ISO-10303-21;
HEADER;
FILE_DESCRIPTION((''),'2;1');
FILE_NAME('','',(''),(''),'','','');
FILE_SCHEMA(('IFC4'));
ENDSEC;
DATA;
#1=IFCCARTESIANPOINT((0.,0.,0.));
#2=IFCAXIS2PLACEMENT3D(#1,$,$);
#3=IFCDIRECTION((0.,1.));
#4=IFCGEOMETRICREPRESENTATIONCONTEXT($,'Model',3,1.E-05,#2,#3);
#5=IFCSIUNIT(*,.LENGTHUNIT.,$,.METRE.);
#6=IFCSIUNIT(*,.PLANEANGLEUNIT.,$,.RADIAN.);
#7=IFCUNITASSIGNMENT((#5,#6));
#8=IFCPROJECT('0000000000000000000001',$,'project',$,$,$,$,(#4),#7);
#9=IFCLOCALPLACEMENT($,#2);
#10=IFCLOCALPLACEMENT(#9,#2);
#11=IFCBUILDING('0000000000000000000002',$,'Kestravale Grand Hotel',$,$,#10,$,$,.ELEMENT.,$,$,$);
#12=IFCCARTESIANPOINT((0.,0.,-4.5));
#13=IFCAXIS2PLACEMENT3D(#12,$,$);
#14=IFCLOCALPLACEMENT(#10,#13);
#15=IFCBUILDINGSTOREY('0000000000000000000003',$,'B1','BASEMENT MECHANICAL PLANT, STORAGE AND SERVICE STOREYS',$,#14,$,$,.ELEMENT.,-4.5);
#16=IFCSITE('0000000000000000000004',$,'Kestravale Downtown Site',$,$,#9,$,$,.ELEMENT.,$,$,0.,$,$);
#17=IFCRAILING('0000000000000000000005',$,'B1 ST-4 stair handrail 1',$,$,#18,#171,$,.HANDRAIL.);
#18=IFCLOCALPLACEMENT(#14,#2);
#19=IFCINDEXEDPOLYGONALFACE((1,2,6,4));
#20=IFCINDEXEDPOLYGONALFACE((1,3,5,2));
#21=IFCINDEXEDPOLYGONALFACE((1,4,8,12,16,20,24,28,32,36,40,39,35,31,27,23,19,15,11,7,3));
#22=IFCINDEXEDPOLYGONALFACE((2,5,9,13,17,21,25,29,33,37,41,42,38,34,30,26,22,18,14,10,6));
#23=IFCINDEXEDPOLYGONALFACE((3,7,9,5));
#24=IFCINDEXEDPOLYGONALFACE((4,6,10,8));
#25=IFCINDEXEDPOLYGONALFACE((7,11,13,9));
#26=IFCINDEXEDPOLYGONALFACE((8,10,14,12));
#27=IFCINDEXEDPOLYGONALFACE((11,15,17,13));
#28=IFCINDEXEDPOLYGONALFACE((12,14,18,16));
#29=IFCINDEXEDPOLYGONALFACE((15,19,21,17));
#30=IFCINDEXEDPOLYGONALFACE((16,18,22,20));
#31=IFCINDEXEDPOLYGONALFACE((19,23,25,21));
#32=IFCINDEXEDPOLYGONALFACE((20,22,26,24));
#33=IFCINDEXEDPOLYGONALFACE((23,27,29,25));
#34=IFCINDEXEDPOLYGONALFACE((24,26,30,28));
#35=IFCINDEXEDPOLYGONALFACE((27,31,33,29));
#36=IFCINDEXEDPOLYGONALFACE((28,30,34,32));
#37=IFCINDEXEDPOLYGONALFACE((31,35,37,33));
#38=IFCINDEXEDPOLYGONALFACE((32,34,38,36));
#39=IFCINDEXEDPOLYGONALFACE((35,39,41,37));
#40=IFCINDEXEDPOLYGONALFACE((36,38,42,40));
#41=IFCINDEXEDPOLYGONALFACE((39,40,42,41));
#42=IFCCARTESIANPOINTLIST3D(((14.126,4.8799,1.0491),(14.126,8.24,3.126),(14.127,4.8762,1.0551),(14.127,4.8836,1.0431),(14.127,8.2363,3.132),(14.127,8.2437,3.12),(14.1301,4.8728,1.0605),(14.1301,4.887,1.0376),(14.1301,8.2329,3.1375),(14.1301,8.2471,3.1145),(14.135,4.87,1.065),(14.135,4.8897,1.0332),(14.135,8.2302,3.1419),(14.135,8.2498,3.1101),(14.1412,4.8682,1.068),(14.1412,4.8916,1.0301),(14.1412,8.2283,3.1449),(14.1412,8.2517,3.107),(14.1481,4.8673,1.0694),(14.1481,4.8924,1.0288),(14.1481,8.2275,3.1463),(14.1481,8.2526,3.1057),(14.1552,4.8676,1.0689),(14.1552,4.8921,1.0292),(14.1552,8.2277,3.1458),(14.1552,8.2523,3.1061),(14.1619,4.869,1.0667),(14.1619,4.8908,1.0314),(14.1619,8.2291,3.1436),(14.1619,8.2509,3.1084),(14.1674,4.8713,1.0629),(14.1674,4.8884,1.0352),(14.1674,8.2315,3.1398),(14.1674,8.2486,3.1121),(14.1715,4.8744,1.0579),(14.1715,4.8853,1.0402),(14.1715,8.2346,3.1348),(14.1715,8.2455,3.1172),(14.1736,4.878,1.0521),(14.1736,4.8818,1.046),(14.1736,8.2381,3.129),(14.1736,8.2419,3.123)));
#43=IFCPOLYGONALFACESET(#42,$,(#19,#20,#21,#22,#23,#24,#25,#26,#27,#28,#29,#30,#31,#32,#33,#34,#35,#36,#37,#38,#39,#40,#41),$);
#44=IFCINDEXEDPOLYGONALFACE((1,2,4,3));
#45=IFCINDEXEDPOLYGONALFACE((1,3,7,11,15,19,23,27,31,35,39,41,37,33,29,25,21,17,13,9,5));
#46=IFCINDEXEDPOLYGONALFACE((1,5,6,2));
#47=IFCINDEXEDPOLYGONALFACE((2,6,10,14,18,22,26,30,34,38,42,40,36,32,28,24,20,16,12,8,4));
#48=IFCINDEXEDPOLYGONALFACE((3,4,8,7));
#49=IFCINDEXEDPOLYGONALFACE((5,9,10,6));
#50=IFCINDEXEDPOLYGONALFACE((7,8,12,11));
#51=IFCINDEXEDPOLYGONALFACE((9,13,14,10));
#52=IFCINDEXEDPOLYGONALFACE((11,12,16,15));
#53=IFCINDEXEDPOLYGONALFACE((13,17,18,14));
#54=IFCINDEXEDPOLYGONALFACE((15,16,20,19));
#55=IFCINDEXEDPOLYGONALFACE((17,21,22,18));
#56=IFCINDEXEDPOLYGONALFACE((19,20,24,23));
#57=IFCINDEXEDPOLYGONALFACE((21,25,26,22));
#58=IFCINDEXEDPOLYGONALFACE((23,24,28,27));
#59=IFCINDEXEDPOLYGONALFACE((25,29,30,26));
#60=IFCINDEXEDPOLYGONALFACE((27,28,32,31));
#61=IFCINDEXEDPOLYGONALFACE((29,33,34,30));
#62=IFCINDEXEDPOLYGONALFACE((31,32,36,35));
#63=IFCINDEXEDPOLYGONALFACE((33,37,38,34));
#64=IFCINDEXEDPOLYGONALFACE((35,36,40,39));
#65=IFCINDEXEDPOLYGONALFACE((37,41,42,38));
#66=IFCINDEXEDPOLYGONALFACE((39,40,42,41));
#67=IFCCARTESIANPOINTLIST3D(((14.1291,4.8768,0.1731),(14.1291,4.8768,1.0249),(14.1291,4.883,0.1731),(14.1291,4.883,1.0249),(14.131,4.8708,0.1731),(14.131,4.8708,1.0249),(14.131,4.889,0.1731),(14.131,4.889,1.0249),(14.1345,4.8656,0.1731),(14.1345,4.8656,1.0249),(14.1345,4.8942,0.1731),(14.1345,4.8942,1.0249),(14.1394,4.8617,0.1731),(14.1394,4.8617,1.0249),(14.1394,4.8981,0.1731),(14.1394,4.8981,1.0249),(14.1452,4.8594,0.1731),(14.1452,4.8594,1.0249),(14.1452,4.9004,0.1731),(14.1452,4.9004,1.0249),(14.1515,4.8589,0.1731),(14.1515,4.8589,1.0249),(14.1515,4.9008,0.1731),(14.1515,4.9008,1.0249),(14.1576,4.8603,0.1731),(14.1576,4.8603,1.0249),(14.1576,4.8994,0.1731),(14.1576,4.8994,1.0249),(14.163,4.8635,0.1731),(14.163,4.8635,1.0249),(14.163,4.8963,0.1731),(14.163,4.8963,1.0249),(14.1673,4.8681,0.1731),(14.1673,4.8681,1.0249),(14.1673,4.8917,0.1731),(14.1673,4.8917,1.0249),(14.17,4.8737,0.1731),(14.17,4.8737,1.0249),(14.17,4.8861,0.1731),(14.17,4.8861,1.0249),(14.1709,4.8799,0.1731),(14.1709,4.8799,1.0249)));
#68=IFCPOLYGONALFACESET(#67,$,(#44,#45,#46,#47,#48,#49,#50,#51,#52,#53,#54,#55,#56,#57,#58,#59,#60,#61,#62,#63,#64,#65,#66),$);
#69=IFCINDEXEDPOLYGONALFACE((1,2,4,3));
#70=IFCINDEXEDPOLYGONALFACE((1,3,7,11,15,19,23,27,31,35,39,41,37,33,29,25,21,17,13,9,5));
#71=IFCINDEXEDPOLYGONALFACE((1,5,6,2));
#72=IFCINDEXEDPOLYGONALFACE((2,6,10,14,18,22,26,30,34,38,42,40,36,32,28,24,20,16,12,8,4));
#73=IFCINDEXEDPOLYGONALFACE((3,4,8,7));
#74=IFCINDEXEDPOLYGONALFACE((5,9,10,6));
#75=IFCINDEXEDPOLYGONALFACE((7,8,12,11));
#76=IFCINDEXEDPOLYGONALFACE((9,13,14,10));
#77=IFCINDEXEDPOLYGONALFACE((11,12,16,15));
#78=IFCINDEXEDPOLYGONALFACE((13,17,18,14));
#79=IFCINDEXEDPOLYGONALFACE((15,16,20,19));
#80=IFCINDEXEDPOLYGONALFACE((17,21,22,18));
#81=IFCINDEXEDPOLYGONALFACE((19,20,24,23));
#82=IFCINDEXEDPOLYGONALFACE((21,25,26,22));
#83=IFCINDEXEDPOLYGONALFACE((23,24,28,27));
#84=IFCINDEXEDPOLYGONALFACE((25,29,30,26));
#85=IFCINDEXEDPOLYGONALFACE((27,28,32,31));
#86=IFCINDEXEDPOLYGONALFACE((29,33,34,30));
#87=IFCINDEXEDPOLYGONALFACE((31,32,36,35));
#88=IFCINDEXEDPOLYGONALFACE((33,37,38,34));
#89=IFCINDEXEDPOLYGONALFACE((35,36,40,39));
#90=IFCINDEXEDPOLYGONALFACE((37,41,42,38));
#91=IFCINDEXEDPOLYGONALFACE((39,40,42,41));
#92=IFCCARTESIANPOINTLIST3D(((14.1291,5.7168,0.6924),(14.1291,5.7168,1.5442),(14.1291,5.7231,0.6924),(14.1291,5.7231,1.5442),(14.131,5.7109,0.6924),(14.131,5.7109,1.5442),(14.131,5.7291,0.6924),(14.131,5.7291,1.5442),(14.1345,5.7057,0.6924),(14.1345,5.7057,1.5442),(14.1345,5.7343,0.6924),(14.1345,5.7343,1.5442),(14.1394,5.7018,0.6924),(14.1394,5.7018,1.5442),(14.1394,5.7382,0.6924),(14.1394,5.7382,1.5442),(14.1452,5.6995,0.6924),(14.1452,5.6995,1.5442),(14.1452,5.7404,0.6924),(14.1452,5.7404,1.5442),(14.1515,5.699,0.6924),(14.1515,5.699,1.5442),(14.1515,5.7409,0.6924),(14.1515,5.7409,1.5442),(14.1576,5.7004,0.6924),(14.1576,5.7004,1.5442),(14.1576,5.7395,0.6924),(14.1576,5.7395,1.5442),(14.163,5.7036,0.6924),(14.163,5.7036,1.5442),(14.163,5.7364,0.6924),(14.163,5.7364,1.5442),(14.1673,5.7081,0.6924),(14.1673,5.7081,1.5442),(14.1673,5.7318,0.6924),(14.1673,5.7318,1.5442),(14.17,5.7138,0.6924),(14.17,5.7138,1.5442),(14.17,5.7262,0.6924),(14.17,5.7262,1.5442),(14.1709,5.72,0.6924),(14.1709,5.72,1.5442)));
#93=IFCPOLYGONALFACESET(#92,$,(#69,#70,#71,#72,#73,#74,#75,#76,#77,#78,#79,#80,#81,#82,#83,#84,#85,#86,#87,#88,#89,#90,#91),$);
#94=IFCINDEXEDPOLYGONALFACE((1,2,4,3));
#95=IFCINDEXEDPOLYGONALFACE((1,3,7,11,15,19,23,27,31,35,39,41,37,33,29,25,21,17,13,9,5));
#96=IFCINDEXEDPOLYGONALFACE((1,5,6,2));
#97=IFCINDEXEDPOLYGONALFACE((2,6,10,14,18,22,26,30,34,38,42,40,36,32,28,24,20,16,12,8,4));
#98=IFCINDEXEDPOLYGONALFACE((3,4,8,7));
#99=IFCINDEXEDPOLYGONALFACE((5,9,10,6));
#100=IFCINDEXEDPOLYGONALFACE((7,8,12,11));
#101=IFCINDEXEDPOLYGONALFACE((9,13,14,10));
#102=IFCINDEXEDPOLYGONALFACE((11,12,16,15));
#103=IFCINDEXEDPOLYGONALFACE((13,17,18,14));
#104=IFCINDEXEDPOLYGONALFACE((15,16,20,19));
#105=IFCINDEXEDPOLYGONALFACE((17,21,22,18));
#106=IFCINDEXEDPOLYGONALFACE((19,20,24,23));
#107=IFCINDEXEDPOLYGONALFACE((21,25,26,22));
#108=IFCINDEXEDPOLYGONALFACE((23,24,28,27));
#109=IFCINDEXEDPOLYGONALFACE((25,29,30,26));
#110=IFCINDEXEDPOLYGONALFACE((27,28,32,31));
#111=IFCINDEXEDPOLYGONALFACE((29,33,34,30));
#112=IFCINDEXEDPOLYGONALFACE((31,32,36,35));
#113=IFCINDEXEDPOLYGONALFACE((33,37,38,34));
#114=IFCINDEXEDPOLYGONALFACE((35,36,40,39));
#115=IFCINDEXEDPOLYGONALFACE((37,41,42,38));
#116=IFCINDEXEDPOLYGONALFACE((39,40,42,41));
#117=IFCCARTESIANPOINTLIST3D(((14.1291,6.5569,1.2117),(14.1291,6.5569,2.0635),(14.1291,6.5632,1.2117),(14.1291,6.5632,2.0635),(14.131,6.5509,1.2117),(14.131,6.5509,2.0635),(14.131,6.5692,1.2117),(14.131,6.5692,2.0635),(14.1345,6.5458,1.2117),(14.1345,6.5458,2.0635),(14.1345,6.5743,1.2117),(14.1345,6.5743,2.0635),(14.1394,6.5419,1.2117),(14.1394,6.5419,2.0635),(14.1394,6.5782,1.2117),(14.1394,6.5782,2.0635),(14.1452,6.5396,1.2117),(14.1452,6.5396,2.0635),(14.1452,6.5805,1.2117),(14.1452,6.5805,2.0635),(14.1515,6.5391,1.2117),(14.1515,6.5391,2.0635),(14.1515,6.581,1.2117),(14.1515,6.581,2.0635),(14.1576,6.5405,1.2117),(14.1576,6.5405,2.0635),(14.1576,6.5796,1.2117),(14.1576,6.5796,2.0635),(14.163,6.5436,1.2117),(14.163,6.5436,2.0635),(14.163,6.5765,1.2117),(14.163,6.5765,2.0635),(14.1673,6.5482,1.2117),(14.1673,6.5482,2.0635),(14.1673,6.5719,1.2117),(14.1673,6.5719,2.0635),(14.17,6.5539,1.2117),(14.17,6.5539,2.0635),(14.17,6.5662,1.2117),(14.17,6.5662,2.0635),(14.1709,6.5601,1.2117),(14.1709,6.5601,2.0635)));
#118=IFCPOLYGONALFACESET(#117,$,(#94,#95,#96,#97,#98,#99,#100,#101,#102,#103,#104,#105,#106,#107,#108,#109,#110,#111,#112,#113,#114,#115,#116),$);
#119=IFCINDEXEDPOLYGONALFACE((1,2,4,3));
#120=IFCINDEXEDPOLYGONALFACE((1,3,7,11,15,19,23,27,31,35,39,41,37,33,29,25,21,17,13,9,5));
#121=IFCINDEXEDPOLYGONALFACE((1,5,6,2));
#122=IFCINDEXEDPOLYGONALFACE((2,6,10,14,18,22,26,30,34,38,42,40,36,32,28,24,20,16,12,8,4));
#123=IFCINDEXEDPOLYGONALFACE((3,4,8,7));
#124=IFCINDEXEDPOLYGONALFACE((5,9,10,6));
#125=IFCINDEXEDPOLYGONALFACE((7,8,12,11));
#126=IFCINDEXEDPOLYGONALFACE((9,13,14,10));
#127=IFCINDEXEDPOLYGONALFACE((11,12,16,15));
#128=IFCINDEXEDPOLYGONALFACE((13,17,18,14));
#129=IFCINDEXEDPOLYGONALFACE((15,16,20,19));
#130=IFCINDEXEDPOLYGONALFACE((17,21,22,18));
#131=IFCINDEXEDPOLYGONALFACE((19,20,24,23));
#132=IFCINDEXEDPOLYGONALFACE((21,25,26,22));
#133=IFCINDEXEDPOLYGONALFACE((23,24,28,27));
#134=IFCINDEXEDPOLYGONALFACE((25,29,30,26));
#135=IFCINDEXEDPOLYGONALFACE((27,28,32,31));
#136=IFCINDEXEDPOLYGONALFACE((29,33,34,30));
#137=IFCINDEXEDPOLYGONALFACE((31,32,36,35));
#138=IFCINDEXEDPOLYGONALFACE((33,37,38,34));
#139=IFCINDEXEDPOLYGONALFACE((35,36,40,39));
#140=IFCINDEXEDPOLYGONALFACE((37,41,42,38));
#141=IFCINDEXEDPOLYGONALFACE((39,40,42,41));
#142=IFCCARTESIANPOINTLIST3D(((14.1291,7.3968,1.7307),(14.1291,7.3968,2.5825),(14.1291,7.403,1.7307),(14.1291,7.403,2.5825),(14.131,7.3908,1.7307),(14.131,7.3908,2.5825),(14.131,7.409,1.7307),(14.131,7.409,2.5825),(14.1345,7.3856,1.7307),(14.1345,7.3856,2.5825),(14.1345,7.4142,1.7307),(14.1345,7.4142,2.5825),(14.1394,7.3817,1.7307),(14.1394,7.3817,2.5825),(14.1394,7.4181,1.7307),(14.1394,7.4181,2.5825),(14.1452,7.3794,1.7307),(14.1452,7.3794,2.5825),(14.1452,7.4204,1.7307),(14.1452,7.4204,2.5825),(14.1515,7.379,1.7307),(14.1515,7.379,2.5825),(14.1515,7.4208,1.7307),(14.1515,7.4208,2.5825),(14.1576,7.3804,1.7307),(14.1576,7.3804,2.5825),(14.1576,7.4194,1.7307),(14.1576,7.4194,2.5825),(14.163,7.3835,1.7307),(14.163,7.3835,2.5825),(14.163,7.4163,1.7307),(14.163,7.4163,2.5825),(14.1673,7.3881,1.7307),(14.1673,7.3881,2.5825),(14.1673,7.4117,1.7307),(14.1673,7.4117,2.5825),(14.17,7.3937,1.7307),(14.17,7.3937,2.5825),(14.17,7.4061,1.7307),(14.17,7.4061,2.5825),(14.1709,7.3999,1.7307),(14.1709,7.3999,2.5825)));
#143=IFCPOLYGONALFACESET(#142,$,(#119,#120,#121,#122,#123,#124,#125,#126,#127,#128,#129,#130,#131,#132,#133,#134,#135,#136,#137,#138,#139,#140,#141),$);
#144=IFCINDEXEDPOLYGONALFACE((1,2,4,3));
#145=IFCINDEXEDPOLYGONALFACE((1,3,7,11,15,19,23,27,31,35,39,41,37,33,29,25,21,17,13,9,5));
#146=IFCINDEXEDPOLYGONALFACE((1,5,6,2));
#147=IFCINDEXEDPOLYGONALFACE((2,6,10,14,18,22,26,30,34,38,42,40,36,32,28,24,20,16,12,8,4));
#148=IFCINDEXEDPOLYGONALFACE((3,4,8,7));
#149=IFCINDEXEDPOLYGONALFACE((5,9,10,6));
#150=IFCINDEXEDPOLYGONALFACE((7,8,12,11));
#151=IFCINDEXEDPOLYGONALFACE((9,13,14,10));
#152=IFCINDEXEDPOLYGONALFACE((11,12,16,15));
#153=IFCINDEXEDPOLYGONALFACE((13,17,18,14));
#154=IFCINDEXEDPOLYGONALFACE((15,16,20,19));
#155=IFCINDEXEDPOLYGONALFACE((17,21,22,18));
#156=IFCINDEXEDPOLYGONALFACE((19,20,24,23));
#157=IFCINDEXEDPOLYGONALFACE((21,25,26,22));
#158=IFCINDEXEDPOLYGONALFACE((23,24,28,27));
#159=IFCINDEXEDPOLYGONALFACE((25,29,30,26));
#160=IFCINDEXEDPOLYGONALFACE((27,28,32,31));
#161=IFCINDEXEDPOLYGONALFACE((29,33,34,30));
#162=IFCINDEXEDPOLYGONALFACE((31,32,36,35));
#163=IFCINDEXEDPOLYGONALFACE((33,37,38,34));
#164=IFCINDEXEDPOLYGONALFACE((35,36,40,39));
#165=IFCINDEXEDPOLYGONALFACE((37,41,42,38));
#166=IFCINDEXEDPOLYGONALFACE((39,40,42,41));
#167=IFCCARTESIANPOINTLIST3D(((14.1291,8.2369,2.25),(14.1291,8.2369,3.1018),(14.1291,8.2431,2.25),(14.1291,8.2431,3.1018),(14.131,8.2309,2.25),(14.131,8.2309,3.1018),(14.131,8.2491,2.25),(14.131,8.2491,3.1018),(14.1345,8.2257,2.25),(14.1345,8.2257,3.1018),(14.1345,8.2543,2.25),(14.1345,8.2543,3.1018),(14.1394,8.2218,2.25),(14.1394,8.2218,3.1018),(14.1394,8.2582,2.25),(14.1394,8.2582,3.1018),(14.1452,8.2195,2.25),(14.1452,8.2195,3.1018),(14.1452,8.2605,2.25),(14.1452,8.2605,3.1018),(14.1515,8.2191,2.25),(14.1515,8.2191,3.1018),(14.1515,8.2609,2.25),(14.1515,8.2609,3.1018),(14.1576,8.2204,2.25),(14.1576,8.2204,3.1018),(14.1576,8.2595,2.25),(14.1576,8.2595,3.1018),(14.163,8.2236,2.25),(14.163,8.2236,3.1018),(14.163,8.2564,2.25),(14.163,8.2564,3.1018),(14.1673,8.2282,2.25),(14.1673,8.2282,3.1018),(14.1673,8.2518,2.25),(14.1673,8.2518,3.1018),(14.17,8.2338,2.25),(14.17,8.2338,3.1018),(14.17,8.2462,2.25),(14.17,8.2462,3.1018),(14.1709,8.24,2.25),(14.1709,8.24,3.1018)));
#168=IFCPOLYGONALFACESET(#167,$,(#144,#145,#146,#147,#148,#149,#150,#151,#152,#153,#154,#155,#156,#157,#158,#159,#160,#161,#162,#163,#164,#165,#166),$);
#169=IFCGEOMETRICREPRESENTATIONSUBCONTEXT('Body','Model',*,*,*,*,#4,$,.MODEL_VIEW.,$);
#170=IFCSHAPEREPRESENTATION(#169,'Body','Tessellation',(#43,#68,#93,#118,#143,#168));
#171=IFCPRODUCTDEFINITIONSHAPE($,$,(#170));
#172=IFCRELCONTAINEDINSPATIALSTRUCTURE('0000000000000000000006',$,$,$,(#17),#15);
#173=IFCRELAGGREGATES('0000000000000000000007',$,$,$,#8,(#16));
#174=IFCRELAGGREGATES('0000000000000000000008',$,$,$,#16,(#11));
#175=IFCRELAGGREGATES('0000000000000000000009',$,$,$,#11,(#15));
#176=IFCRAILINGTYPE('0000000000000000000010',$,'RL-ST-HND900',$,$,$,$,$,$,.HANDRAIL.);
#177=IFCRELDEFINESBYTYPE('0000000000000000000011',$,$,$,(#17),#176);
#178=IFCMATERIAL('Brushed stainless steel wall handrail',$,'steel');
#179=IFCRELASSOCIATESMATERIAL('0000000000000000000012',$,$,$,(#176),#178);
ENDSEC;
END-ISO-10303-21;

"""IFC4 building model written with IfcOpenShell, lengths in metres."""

from ifc_helpers import new_model, si_unit, direction, frame, origin, origin_2d, place, context, subcontext, project, spatial, circle, extrude, material, type_object, element, save


model = new_model("IFC4")

# Units and contexts
model_context = context("Model", 3, precision=1e-05, world=origin(), true_north=direction((0.0, 1.0)))
body_context = subcontext(model_context, "Body", "Model", "MODEL_VIEW")
ifc_project = project(units=[si_unit("LENGTHUNIT", "METRE"), si_unit("PLANEANGLEUNIT", "RADIAN")], contexts=[model_context])

# Site, building, storey
site_placement = place(None, origin())
site = spatial("IfcSite", under=ifc_project, at=site_placement, Name="Kestravale Downtown Site", CompositionType="ELEMENT", RefElevation=0.0)
building_placement = place(site_placement, origin())
building = spatial("IfcBuilding", under=site, at=building_placement, Name="Kestravale Grand Hotel", CompositionType="ELEMENT")
storey_placement = place(building_placement, frame((0.0, 0.0, -4.5)))
storey = spatial("IfcBuildingStorey", under=building, at=storey_placement, Name="B1", Description="BASEMENT MECHANICAL PLANT, STORAGE AND SERVICE STOREYS", CompositionType="ELEMENT", Elevation=-4.5)

# Railing
ifc_material_1 = material(Name="Brushed stainless steel wall handrail", Category="steel")
railing_type_1 = type_object("IfcRailingType", Name="RL-ST-HND900", PredefinedType="HANDRAIL", material=ifc_material_1)
railing_1_placement = place(storey_placement, frame((14.1499, 4.8799, 0.1731)))
element("IfcRailing", 1, at=railing_1_placement, inside=storey, type_object=railing_type_1, Name="B1 ST-4 stair handrail 1", PredefinedType="HANDRAIL", context=body_context, shape_type="SweptSolid", body=[
    extrude(circle(Radius=0.0239, at=origin_2d()), frame((0.0, 0.0, 0.876), z_axis=(0.0, 0.850623, 0.525776), x_axis=(-1.0, 0.0, 0.0)), (0.0, 0.0, 1.0), 3.9502),
    extrude(circle(Radius=0.021, at=origin_2d()), origin(), (0.0, 0.0, 1.0), 0.8518),
    extrude(circle(Radius=0.021, at=origin_2d()), frame((0.0, 0.8401, 0.5193)), (0.0, 0.0, 1.0), 0.8518),
    extrude(circle(Radius=0.021, at=origin_2d()), frame((0.0, 1.6802, 1.0386)), (0.0, 0.0, 1.0), 0.8518),
    extrude(circle(Radius=0.021, at=origin_2d()), frame((0.0, 2.52, 1.5576)), (0.0, 0.0, 1.0), 0.8518),
    extrude(circle(Radius=0.021, at=origin_2d()), frame((0.0, 3.3601, 2.0769)), (0.0, 0.0, 1.0), 0.8518),
])

save(model, "model.ifc")
